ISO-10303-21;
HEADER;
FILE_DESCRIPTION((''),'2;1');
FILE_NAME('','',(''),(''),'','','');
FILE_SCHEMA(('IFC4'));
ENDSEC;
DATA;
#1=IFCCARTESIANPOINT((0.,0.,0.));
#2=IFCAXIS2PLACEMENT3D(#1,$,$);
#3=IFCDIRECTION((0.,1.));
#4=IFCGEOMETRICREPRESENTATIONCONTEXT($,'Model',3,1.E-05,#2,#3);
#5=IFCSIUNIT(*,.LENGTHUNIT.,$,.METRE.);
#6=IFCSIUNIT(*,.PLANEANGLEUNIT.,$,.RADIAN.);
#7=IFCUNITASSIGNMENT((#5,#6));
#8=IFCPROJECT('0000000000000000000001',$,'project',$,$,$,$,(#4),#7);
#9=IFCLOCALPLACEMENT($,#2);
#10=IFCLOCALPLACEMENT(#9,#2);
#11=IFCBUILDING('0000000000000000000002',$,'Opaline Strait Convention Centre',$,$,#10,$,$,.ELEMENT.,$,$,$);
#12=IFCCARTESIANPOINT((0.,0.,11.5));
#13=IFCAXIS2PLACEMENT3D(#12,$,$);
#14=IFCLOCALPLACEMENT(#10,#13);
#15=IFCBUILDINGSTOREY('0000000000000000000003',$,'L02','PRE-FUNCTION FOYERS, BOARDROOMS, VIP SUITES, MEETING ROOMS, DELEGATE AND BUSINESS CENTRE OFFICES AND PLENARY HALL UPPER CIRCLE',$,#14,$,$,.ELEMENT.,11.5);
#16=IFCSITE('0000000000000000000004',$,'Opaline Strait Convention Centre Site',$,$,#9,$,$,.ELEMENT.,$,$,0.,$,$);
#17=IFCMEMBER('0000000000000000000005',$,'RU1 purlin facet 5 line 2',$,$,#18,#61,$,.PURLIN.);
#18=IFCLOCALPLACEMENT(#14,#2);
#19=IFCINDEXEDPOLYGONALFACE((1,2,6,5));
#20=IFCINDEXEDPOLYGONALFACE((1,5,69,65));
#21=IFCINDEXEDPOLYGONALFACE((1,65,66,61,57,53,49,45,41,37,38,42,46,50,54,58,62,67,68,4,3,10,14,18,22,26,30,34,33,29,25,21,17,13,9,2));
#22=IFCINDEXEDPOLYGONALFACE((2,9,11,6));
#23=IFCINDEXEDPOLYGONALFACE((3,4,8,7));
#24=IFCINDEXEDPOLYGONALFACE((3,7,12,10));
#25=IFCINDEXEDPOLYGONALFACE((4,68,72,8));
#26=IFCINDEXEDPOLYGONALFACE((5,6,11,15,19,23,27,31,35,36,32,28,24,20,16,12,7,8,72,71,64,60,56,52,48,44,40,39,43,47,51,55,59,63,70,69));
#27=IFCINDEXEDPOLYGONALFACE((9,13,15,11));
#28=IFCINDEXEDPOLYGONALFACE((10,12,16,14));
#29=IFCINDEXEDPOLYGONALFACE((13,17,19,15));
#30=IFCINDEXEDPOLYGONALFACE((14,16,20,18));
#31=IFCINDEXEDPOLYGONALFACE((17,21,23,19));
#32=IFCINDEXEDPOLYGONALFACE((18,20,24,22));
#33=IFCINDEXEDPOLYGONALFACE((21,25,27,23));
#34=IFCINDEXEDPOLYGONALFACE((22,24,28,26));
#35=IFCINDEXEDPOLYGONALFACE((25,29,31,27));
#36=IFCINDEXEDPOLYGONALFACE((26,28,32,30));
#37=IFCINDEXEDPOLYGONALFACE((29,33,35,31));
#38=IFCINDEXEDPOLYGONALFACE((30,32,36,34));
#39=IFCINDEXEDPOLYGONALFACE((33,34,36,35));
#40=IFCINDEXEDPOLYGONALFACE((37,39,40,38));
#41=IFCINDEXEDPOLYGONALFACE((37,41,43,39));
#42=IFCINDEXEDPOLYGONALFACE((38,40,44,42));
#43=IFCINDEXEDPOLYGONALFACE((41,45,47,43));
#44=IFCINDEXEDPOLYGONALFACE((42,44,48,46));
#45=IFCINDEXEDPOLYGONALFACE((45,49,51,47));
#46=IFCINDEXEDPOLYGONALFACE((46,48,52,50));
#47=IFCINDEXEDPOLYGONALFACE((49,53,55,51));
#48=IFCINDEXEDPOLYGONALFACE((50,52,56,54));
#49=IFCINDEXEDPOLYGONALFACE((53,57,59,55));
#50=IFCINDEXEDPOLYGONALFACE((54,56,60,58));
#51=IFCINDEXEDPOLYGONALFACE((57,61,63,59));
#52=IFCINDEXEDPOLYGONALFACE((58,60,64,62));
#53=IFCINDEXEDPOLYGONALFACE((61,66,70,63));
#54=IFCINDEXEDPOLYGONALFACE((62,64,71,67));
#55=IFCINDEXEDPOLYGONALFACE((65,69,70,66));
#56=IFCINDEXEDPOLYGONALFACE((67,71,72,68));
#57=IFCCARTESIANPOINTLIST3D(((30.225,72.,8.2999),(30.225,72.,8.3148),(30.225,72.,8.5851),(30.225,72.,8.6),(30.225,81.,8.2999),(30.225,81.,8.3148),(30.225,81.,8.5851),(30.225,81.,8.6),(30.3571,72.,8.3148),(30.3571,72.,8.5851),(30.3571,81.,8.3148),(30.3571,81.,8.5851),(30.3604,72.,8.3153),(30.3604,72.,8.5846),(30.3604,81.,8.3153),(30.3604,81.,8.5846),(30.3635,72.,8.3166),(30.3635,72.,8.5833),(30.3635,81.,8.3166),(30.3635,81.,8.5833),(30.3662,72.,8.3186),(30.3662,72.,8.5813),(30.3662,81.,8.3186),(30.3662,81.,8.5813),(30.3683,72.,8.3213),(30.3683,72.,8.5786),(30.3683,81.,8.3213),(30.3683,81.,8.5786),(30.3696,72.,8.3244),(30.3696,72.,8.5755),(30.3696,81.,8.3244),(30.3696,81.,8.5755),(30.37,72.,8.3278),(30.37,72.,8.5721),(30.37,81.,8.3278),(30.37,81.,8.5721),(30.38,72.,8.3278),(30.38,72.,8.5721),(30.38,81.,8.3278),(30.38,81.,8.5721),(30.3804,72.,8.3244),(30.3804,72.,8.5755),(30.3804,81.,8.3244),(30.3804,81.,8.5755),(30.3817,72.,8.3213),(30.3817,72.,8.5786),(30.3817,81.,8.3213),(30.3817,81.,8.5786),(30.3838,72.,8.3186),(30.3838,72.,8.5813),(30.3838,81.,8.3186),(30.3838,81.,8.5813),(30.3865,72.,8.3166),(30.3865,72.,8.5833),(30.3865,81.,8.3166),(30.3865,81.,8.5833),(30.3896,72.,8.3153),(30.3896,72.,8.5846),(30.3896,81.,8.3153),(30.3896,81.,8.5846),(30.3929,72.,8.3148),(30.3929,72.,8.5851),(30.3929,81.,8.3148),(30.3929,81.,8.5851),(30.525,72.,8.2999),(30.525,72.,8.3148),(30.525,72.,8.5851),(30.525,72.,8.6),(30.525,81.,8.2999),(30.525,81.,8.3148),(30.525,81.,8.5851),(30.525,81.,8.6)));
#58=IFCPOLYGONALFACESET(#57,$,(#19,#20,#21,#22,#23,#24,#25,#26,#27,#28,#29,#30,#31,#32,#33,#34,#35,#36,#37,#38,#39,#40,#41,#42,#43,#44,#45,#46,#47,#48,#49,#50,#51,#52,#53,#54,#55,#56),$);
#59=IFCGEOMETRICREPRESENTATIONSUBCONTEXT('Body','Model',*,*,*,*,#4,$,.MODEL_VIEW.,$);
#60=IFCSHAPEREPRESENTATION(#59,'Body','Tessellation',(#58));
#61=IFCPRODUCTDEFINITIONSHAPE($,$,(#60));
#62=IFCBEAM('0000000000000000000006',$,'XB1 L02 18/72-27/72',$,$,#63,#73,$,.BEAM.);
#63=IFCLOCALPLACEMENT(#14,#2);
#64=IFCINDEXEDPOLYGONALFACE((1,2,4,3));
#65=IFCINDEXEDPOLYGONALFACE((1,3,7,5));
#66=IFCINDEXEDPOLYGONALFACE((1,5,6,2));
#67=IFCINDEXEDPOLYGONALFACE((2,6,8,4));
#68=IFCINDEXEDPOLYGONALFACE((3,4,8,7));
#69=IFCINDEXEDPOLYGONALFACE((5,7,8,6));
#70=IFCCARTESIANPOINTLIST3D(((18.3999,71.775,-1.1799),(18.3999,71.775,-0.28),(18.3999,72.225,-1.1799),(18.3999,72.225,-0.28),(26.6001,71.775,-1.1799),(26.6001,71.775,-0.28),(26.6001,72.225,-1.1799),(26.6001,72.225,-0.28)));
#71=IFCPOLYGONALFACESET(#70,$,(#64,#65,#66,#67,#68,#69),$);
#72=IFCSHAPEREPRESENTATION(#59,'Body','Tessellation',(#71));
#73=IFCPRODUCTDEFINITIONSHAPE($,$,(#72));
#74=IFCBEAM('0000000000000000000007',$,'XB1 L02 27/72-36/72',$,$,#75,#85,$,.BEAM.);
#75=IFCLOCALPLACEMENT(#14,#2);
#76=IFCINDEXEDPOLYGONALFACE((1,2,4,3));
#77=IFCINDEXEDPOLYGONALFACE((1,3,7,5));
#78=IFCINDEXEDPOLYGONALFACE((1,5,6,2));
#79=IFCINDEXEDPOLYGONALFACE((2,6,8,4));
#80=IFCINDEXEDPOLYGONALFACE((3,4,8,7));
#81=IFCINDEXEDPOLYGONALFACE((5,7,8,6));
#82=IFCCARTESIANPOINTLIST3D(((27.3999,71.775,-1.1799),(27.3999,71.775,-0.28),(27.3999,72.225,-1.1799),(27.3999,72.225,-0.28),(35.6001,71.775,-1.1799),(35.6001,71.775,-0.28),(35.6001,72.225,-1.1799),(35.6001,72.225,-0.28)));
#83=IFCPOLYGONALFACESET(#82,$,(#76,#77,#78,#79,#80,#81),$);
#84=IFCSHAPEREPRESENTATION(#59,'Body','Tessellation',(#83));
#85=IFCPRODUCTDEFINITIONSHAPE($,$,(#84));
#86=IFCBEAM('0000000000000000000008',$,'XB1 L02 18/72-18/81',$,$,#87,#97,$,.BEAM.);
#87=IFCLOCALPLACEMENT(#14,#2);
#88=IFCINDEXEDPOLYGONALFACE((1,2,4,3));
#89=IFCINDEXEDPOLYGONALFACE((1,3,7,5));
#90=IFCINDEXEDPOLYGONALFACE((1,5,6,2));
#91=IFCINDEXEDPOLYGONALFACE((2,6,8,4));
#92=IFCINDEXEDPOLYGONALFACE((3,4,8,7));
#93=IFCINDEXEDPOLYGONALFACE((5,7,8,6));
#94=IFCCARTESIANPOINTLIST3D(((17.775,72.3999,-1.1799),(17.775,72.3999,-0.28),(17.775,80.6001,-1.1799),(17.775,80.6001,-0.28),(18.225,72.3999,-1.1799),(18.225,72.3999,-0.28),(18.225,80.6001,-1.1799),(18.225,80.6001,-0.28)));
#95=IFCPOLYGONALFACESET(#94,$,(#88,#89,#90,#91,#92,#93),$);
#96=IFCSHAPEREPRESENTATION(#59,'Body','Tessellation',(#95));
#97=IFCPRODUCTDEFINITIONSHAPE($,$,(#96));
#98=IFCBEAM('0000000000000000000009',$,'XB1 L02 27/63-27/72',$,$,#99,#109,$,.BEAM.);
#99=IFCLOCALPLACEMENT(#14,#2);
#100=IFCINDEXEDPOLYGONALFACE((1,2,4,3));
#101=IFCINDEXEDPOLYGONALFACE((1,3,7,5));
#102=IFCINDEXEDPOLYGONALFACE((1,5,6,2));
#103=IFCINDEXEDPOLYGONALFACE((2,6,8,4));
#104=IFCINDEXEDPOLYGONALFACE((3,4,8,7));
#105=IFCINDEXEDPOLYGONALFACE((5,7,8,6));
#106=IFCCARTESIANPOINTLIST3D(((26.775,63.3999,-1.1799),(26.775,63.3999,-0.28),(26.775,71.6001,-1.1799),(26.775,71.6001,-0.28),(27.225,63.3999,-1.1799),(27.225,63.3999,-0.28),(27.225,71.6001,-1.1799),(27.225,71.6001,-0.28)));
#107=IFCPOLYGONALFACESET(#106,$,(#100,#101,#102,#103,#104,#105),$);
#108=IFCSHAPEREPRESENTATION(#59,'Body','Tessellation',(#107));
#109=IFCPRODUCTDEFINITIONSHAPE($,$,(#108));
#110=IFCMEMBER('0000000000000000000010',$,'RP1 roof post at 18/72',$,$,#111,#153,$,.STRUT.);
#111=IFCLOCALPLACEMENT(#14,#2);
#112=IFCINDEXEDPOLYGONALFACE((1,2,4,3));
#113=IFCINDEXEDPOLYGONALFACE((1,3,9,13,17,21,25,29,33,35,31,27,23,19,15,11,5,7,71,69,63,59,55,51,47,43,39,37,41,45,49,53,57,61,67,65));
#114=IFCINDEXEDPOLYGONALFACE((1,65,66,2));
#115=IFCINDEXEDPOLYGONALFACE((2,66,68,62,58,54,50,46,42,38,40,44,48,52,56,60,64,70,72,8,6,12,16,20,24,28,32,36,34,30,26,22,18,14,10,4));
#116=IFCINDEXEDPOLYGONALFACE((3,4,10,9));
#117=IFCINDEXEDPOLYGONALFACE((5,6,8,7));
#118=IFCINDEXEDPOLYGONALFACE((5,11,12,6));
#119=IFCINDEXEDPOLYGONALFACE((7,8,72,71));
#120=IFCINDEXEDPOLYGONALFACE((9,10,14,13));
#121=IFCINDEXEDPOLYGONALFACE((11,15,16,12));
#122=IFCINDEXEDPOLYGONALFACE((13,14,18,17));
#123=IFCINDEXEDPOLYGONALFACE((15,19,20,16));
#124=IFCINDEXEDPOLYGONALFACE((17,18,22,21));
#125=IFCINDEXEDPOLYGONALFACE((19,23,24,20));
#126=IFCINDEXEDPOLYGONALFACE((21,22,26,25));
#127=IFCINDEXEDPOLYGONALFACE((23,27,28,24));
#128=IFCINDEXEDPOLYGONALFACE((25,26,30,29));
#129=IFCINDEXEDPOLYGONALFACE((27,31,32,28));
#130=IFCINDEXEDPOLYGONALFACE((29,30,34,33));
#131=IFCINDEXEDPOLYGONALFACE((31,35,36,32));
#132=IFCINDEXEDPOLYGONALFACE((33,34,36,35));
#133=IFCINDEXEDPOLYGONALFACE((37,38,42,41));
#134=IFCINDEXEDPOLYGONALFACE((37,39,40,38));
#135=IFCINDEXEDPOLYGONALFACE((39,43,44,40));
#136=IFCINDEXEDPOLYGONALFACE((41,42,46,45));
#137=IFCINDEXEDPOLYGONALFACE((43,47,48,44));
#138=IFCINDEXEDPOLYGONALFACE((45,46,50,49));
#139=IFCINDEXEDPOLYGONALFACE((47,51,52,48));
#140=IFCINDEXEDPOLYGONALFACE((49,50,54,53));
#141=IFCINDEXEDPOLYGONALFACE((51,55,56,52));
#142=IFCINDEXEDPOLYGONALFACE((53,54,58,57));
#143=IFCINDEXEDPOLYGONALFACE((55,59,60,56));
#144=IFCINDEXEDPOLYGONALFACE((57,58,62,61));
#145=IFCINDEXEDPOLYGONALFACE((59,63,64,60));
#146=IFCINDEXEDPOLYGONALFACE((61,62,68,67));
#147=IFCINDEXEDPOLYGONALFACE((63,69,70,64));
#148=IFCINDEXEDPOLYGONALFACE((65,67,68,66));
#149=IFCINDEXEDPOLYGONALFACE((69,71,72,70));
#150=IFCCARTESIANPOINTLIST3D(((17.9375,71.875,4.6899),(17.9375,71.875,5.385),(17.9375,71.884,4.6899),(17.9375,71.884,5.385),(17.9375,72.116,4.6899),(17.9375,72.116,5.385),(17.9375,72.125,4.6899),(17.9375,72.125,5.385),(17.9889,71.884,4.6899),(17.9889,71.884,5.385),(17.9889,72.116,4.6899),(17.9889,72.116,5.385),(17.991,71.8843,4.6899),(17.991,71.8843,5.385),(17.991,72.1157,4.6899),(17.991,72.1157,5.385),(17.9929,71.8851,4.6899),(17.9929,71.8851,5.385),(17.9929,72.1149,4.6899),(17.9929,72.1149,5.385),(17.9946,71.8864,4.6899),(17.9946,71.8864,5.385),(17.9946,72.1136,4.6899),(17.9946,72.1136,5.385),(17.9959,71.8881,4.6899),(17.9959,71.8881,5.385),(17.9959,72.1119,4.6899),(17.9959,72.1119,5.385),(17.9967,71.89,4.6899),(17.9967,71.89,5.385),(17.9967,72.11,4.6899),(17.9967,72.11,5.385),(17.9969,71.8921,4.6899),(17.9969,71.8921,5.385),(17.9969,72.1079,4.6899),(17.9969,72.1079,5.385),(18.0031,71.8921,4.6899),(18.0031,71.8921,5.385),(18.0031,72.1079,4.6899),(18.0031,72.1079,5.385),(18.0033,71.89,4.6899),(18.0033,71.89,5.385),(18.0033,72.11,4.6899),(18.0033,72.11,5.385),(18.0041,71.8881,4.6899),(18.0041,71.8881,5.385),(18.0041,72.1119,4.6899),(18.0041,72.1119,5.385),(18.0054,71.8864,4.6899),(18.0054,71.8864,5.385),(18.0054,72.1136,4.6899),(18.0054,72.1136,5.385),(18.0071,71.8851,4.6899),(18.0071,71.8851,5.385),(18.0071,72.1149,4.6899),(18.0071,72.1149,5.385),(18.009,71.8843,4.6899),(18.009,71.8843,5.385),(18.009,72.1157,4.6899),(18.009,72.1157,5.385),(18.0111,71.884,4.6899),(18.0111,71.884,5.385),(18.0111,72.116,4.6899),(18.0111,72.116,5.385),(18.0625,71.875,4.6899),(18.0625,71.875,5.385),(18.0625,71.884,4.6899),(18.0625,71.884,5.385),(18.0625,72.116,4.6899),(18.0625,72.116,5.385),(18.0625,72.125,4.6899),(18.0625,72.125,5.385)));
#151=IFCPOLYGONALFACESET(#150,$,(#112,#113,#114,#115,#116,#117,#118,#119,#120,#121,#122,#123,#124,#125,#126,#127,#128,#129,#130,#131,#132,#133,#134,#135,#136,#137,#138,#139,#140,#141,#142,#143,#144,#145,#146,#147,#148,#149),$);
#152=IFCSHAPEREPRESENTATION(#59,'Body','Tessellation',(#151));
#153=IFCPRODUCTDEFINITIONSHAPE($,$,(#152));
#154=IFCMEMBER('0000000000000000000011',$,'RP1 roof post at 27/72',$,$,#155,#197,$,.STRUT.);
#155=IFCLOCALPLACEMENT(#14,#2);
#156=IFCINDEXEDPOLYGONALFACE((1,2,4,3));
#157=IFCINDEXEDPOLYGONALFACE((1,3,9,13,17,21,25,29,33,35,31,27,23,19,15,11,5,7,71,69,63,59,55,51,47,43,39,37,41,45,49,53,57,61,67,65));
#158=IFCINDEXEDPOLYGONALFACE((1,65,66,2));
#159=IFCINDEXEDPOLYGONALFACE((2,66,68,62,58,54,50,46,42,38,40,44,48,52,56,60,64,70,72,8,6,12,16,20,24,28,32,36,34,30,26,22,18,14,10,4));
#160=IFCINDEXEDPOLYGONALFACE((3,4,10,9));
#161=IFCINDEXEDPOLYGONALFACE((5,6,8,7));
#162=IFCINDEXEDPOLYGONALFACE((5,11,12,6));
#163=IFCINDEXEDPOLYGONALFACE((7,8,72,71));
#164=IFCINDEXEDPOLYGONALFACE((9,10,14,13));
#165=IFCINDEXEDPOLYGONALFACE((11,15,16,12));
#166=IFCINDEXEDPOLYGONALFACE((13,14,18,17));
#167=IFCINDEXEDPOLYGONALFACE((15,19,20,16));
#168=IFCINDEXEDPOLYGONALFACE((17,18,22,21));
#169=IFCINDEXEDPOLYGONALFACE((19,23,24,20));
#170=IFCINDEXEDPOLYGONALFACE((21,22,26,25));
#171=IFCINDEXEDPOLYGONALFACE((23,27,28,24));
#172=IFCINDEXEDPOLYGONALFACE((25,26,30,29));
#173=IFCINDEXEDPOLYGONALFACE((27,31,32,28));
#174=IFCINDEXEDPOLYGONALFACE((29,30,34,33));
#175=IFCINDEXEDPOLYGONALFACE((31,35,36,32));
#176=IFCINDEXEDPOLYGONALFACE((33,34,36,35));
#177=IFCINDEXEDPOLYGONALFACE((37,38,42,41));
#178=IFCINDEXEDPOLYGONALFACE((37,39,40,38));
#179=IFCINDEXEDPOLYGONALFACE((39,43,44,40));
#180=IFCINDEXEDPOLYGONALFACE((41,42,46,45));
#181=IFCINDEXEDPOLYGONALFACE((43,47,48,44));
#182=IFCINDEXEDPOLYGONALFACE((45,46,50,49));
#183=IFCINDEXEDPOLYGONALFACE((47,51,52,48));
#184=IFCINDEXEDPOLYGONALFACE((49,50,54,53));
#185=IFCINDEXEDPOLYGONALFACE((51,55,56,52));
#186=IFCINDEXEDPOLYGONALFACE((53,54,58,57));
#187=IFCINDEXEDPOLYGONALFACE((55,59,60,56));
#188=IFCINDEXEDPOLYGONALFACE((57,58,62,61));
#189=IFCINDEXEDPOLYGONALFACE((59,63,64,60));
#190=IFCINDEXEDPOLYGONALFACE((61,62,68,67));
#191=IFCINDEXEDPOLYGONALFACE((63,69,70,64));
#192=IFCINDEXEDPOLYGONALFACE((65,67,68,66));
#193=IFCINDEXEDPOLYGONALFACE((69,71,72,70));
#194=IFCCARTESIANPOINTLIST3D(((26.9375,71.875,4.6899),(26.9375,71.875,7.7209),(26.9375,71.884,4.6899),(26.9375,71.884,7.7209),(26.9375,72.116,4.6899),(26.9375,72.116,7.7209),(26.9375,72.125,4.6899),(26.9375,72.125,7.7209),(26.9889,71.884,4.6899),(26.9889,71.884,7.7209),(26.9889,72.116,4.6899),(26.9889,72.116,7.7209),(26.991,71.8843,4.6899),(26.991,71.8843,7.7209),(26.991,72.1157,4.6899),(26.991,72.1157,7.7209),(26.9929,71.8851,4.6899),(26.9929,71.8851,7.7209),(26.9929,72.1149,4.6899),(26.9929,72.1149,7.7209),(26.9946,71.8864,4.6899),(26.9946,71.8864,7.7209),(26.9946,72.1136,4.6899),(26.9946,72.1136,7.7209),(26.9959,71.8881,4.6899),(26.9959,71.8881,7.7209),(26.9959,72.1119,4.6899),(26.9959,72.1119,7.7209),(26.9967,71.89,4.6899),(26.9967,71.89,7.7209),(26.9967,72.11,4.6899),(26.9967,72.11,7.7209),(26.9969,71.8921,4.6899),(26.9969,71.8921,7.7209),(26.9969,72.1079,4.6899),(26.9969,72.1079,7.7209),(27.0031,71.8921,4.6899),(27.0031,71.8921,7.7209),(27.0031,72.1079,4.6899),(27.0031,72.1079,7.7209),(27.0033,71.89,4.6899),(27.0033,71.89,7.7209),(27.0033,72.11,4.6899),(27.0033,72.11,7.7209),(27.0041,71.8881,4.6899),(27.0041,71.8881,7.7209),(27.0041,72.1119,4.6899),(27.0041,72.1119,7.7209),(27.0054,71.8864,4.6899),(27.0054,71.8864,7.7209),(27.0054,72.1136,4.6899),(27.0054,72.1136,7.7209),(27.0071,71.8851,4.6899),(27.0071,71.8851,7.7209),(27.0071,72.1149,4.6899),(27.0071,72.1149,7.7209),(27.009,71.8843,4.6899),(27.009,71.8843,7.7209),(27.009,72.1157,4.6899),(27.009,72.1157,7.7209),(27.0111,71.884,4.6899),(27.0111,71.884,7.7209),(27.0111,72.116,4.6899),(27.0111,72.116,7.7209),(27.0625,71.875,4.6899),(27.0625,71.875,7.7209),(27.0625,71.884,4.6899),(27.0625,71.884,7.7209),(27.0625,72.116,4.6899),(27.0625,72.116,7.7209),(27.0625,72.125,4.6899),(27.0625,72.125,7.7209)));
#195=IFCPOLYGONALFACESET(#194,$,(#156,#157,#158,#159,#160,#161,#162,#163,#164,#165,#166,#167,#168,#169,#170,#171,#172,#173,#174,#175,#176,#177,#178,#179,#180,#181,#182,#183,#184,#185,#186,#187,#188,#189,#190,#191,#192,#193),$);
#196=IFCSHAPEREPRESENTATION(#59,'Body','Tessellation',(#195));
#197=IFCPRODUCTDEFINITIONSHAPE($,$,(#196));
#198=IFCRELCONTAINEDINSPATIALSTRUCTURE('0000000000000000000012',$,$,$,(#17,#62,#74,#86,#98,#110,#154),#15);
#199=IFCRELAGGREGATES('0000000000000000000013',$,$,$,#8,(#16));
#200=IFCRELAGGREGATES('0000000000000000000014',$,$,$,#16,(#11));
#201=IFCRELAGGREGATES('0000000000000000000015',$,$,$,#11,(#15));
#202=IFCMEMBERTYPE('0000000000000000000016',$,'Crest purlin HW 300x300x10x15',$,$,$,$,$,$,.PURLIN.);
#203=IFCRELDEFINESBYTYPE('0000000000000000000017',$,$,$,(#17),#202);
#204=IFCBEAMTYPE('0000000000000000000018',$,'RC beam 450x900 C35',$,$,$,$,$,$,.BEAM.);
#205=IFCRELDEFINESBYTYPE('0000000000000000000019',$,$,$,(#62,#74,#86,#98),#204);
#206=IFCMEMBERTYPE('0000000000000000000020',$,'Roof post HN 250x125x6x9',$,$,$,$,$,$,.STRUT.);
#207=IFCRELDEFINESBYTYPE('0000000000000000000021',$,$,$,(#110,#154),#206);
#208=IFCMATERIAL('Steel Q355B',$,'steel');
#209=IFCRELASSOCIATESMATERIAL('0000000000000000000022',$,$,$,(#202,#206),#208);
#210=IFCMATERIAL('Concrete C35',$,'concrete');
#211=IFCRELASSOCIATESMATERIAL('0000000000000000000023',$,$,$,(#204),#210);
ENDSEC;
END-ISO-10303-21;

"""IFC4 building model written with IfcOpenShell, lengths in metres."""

from ifc_helpers import new_model, si_unit, direction, frame, origin, origin_2d, place, context, subcontext, project, spatial, rectangle, i_section, extrude, material, material_profile, profile_set, type_object, element, save


model = new_model("IFC4")

# Units and contexts
model_context = context("Model", 3, precision=1e-05, world=origin(), true_north=direction((0.0, 1.0)))
body_context = subcontext(model_context, "Body", "Model", "MODEL_VIEW")
ifc_project = project(units=[si_unit("LENGTHUNIT", "METRE"), si_unit("PLANEANGLEUNIT", "RADIAN")], contexts=[model_context])

# Site, building, storey
site_placement = place(None, origin())
site = spatial("IfcSite", under=ifc_project, at=site_placement, Name="Opaline Strait Convention Centre Site", CompositionType="ELEMENT", RefElevation=0.0)
building_placement = place(site_placement, origin())
building = spatial("IfcBuilding", under=site, at=building_placement, Name="Opaline Strait Convention Centre", CompositionType="ELEMENT")
storey_placement = place(building_placement, frame((0.0, 0.0, 11.5)))
storey = spatial("IfcBuildingStorey", under=building, at=storey_placement, Name="L02", Description="PRE-FUNCTION FOYERS, BOARDROOMS, VIP SUITES, MEETING ROOMS, DELEGATE AND BUSINESS CENTRE OFFICES AND PLENARY HALL UPPER CIRCLE", CompositionType="ELEMENT", Elevation=11.5)

# Member
ifc_material_1 = material(Name="Steel Q355B", Category="steel")
ifc_material_profile_1 = material_profile(ifc_material_1, i_section(OverallWidth=0.3, OverallDepth=0.3, WebThickness=0.01, FlangeThickness=0.0149, FilletRadius=0.0129, at=origin_2d()), Name="HW 300x300x10x15")
ifc_profile_set_1 = profile_set([ifc_material_profile_1], Name="Steel Q355B")
member_type_1 = type_object("IfcMemberType", Name="Crest purlin HW 300x300x10x15", PredefinedType="PURLIN", material=ifc_profile_set_1)
for number, where, z_axis, x_axis, name in (
    (1, (30.375, 72.0, 8.45), (0.0, 1.0, 0.0), (-1.0, 0.0, 0.0), "RU1 purlin facet 5 line 2"),
):
    element("IfcMember", number, at=place(storey_placement, frame(where, z_axis=z_axis, x_axis=x_axis)), inside=storey, type_object=member_type_1, Name=name, PredefinedType="PURLIN", context=body_context, shape_type="SweptSolid", body=[
        extrude(i_section(OverallWidth=0.3, OverallDepth=0.3, WebThickness=0.01, FlangeThickness=0.0149, FilletRadius=0.0129, at=origin_2d()), origin(), (0.0, 0.0, 1.0), 9.0),
    ])

# Beams
ifc_material_2 = material(Name="Concrete C35", Category="concrete")
ifc_material_profile_2 = material_profile(ifc_material_2, rectangle(XDim=0.45, YDim=0.8999, at=origin_2d()), Name="RC 450x900")
ifc_profile_set_2 = profile_set([ifc_material_profile_2], Name="Concrete C35")
beam_type = type_object("IfcBeamType", Name="RC beam 450x900 C35", PredefinedType="BEAM", material=ifc_profile_set_2)
for number, where, z_axis, x_axis, name in (
    (2, (18.3999, 72.0, -0.73), (1.0, 0.0, 0.0), (0.0, 1.0, 0.0), "XB1 L02 18/72-27/72"),
    (3, (27.3999, 72.0, -0.73), (1.0, 0.0, 0.0), (0.0, 1.0, 0.0), "XB1 L02 27/72-36/72"),
    (4, (18.0, 72.3999, -0.73), (0.0, 1.0, 0.0), (-1.0, 0.0, 0.0), "XB1 L02 18/72-18/81"),
    (5, (27.0, 63.3999, -0.73), (0.0, 1.0, 0.0), (-1.0, 0.0, 0.0), "XB1 L02 27/63-27/72"),
):
    element("IfcBeam", number, at=place(storey_placement, frame(where, z_axis=z_axis, x_axis=x_axis)), inside=storey, type_object=beam_type, Name=name, PredefinedType="BEAM", context=body_context, shape_type="SweptSolid", body=[
        extrude(rectangle(XDim=0.45, YDim=0.8999, at=origin_2d()), origin(), (0.0, 0.0, 1.0), 8.2002),
    ])

# Members
ifc_material_profile_3 = material_profile(ifc_material_1, i_section(OverallWidth=0.125, OverallDepth=0.25, WebThickness=0.0061, FlangeThickness=0.009, FilletRadius=0.0081, at=origin_2d()), Name="HN 250x125x6x9")
ifc_profile_set_3 = profile_set([ifc_material_profile_3], Name="Steel Q355B")
member_type_2 = type_object("IfcMemberType", Name="Roof post HN 250x125x6x9", PredefinedType="STRUT", material=ifc_profile_set_3)
member_1_placement = place(storey_placement, frame((18.0, 72.0, 4.6899), z_axis=(0.0, 0.0, 1.0), x_axis=(1.0, 0.0, 0.0)))
element("IfcMember", 6, at=member_1_placement, inside=storey, type_object=member_type_2, Name="RP1 roof post at 18/72", PredefinedType="STRUT", context=body_context, shape_type="SweptSolid", body=[
    extrude(i_section(OverallWidth=0.125, OverallDepth=0.25, WebThickness=0.0061, FlangeThickness=0.009, FilletRadius=0.0081, at=origin_2d()), origin(), (0.0, 0.0, 1.0), 0.6951),
])
member_2_placement = place(storey_placement, frame((27.0, 72.0, 4.6899), z_axis=(0.0, 0.0, 1.0), x_axis=(1.0, 0.0, 0.0)))
element("IfcMember", 7, at=member_2_placement, inside=storey, type_object=member_type_2, Name="RP1 roof post at 27/72", PredefinedType="STRUT", context=body_context, shape_type="SweptSolid", body=[
    extrude(i_section(OverallWidth=0.125, OverallDepth=0.25, WebThickness=0.0061, FlangeThickness=0.009, FilletRadius=0.0081, at=origin_2d()), origin(), (0.0, 0.0, 1.0), 3.031),
])

save(model, "model.ifc")
